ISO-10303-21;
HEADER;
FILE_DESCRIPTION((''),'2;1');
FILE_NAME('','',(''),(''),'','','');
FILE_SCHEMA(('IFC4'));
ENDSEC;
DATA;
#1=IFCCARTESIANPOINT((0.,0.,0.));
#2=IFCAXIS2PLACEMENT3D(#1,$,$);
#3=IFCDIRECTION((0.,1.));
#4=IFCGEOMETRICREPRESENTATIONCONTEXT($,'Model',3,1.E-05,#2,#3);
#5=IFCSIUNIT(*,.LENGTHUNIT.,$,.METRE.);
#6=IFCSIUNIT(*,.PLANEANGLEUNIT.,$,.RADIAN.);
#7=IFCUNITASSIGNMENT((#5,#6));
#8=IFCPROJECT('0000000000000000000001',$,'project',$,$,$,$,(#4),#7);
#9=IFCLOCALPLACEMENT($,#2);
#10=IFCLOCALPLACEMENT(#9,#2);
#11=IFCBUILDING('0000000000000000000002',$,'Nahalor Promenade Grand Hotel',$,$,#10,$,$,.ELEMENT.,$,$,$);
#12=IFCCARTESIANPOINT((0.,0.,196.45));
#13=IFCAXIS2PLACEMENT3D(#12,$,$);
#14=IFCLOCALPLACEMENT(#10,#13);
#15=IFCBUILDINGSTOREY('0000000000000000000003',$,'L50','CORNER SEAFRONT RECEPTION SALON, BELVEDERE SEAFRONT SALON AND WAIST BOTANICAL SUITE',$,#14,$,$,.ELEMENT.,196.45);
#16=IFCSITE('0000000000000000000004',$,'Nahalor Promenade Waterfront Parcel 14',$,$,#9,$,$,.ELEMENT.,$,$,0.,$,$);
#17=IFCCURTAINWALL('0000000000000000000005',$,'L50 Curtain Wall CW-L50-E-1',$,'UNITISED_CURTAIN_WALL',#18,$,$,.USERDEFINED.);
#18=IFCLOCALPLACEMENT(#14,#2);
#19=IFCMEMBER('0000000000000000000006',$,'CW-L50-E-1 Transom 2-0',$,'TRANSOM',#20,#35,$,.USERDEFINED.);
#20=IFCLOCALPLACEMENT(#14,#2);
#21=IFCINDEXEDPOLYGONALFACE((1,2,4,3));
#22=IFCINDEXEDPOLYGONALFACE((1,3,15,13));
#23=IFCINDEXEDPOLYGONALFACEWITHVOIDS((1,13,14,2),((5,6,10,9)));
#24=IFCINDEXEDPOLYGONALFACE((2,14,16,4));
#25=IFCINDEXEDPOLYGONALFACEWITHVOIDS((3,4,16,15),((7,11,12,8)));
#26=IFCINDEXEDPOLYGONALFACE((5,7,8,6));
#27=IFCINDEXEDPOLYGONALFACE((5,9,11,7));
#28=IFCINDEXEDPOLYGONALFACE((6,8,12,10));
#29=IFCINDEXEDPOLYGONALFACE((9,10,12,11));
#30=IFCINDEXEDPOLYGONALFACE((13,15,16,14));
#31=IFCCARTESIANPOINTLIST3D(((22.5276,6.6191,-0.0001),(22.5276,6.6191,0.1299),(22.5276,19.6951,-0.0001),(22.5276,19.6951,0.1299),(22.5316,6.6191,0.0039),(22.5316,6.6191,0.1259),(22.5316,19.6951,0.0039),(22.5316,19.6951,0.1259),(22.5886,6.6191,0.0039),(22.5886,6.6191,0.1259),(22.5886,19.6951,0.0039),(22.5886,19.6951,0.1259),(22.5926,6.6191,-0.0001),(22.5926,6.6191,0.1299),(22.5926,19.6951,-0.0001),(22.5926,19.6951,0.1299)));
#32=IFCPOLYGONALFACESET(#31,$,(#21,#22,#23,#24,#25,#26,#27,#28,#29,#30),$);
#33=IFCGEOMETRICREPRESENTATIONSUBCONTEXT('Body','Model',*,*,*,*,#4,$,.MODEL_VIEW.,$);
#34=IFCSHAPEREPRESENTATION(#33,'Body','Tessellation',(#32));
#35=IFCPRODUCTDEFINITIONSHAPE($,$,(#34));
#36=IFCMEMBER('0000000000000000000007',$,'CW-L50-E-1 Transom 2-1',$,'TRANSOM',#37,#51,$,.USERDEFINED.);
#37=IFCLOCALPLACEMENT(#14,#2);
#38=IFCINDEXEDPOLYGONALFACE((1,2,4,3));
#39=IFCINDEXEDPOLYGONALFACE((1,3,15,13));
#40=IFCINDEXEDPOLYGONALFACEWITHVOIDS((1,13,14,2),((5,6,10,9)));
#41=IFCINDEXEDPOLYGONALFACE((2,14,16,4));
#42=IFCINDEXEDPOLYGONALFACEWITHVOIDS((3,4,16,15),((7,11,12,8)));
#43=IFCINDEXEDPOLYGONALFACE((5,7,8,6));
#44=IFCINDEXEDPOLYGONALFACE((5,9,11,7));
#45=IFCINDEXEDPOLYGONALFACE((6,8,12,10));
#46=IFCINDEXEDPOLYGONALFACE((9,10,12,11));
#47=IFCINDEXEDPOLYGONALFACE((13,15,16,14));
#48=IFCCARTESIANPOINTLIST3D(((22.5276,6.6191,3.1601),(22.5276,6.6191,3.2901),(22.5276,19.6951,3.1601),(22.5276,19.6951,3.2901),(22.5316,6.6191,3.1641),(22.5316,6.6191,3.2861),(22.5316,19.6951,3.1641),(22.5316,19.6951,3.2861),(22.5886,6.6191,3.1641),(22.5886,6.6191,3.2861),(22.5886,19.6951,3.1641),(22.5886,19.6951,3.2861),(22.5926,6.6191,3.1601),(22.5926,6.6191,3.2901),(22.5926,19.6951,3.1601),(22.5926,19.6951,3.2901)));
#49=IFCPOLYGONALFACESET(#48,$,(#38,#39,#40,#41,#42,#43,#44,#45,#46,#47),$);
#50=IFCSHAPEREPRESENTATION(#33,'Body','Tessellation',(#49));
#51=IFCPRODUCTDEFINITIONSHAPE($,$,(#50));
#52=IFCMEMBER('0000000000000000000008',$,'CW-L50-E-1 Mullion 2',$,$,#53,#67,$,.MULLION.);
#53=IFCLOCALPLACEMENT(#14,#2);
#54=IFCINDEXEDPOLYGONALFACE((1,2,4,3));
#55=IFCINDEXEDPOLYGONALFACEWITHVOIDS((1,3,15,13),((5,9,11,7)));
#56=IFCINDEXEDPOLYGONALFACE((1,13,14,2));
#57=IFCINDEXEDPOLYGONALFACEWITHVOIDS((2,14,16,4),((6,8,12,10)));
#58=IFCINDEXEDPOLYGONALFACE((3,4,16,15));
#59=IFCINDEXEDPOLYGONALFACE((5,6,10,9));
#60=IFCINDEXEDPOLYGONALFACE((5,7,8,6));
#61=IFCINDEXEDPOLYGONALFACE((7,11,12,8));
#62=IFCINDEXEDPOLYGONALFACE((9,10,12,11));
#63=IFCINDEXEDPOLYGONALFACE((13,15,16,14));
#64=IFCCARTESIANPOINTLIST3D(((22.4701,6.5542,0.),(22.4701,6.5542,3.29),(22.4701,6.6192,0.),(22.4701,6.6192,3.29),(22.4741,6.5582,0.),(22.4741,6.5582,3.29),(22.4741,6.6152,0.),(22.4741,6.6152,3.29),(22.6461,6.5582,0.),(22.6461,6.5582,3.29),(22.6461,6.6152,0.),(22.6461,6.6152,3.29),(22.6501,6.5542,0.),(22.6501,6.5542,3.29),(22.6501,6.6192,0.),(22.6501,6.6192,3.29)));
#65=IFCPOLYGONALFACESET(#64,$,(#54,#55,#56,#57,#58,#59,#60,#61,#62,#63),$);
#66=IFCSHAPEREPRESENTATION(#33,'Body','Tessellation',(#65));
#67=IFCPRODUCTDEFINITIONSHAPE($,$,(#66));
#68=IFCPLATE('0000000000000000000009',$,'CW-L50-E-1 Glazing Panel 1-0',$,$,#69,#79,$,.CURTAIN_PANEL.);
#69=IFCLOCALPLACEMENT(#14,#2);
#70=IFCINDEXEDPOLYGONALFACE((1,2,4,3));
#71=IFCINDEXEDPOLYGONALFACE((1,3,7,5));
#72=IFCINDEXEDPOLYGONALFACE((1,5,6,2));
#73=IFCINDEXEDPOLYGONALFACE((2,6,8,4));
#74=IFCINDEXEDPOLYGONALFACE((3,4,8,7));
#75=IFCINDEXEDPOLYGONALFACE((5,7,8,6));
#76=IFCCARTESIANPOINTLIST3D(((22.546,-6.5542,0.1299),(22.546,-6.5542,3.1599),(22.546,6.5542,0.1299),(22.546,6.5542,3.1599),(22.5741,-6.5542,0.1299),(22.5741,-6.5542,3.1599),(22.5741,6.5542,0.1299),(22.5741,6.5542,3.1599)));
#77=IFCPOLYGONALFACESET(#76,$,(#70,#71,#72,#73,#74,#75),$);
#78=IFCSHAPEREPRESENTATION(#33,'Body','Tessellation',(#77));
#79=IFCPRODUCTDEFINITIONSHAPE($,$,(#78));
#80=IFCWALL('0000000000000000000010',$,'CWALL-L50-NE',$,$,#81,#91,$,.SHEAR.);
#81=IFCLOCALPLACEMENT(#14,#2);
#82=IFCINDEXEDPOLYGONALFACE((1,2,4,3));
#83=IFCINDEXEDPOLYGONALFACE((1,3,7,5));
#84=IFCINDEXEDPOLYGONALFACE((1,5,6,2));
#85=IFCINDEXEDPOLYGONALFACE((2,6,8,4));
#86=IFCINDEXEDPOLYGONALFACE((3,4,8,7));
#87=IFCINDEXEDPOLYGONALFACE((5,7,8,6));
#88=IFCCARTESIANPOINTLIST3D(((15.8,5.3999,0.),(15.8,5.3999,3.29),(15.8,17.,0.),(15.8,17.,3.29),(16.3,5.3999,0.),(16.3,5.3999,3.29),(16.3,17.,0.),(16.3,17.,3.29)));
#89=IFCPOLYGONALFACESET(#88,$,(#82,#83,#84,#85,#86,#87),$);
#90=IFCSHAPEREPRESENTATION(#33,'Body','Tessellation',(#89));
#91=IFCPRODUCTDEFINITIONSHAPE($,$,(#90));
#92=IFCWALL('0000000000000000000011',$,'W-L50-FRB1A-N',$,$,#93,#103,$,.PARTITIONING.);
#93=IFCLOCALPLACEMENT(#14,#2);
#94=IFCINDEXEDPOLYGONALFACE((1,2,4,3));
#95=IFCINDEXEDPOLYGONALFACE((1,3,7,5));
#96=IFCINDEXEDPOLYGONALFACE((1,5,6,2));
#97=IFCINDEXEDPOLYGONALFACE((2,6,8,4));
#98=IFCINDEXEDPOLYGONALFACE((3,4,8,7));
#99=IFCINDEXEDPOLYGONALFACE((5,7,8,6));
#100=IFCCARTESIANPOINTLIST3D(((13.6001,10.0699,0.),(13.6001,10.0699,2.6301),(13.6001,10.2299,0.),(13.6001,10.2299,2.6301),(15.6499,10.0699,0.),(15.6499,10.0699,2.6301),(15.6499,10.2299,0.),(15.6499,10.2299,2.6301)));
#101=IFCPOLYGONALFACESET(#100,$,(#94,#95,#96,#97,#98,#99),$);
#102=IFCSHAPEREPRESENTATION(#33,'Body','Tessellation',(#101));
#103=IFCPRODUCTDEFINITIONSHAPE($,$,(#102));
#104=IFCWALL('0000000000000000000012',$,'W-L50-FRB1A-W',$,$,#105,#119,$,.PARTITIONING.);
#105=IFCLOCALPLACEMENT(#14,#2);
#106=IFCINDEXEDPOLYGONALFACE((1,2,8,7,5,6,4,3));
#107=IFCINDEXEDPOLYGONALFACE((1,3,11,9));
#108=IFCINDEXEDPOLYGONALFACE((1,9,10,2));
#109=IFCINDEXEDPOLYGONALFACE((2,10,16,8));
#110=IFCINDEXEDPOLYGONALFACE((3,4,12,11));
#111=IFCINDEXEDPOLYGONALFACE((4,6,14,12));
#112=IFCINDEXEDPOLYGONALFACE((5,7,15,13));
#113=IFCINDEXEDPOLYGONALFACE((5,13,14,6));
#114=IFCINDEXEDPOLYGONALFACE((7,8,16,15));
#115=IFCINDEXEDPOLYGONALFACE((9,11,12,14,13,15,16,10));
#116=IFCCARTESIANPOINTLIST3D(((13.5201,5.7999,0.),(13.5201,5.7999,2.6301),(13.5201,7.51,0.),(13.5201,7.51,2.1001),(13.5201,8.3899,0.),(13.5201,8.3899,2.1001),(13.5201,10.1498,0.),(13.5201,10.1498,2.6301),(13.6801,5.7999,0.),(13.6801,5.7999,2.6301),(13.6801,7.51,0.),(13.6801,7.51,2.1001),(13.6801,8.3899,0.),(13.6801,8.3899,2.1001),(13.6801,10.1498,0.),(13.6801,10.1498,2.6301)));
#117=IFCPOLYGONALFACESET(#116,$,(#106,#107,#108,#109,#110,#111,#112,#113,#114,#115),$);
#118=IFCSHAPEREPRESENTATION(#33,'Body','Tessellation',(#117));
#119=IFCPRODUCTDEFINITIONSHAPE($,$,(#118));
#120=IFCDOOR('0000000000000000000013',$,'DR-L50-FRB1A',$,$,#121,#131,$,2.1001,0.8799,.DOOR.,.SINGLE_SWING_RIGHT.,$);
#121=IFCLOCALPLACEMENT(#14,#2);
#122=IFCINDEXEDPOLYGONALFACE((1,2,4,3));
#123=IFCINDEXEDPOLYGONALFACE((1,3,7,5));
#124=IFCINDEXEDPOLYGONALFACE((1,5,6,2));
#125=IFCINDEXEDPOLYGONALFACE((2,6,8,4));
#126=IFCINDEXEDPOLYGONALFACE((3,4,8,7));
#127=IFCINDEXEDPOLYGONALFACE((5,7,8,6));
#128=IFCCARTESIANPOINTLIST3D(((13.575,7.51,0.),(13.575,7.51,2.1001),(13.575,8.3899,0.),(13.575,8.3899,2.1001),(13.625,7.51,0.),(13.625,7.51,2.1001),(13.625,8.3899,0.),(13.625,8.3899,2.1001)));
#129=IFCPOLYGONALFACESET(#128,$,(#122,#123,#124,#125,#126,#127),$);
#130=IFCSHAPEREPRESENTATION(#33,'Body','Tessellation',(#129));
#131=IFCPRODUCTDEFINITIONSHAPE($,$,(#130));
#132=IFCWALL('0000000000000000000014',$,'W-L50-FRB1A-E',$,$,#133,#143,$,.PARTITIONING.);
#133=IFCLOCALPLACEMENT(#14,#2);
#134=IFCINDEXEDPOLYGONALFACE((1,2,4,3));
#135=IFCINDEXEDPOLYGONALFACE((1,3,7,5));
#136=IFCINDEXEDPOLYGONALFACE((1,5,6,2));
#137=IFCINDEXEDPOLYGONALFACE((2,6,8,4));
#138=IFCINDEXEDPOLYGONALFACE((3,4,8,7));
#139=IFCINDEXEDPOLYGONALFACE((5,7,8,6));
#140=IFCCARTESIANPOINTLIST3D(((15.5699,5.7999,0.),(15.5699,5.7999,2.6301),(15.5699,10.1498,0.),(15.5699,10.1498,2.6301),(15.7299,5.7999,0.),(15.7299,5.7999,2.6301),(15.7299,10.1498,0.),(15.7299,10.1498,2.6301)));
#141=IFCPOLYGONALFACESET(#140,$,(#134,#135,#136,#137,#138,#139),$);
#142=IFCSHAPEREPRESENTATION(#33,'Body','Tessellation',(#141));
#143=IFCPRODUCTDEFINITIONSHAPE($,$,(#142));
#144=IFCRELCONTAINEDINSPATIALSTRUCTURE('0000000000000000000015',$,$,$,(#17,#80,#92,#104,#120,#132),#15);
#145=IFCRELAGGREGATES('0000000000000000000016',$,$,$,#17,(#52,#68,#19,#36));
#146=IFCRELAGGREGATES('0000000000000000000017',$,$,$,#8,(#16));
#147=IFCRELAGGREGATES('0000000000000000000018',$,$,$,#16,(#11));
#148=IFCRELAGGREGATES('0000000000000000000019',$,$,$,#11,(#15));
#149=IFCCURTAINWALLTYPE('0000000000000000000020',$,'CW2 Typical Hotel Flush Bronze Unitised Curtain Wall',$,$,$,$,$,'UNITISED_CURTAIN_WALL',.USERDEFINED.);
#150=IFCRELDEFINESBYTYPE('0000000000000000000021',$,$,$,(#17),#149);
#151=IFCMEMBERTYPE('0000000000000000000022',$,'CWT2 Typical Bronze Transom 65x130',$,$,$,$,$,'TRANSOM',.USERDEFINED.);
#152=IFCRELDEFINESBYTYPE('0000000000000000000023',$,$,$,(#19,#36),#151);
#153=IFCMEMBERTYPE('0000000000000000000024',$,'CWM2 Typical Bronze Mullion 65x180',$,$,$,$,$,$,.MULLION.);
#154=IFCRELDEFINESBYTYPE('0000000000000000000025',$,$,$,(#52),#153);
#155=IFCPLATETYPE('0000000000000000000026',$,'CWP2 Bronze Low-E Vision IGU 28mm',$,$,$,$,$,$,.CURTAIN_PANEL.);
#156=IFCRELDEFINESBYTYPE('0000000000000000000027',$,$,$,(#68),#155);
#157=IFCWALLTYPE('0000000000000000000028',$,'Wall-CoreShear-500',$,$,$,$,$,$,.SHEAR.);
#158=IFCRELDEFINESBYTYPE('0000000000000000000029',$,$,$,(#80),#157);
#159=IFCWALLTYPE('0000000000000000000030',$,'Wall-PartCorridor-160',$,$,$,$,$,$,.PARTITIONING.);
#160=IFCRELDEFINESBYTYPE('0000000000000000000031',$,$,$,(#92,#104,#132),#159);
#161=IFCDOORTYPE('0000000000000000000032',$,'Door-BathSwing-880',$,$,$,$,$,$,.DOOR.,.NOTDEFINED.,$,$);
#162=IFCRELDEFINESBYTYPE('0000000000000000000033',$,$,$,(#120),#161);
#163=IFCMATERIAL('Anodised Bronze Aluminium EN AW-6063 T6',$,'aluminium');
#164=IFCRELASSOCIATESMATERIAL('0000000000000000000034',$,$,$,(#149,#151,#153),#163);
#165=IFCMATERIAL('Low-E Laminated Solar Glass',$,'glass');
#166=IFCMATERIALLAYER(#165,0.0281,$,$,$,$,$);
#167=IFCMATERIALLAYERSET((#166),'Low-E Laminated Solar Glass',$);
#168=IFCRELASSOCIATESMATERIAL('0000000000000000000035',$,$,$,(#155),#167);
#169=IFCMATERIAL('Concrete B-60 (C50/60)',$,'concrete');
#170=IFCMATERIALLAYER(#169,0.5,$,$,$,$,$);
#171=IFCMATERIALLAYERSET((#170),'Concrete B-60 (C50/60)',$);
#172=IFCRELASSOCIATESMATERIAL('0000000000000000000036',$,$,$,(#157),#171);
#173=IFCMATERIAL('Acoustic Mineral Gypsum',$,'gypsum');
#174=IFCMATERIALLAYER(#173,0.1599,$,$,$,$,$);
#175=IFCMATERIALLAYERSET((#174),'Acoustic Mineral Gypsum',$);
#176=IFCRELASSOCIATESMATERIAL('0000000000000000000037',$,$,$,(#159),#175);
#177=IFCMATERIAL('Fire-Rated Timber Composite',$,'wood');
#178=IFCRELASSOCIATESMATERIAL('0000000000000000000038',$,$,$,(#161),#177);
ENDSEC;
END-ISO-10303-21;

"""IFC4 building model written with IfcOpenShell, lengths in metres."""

from ifc_helpers import new_model, si_unit, direction, frame, frame_2d, origin, origin_2d, place, context, subcontext, project, spatial, rectangle, hollow_rectangle, extrude, source, transform, mapped, material, layer, layer_set, material_profile, profile_set, type_object, element, fill, aggregate, save


model = new_model("IFC4")

# Units and contexts
model_context = context("Model", 3, precision=1e-05, world=origin(), true_north=direction((0.0, 1.0)))
body_context = subcontext(model_context, "Body", "Model", "MODEL_VIEW")
ifc_project = project(units=[si_unit("LENGTHUNIT", "METRE"), si_unit("PLANEANGLEUNIT", "RADIAN")], contexts=[model_context])

# Site, building, storey
site_placement = place(None, origin())
site = spatial("IfcSite", under=ifc_project, at=site_placement, Name="Nahalor Promenade Waterfront Parcel 14", CompositionType="ELEMENT", RefElevation=0.0)
building_placement = place(site_placement, origin())
building = spatial("IfcBuilding", under=site, at=building_placement, Name="Nahalor Promenade Grand Hotel", CompositionType="ELEMENT")
storey_placement = place(building_placement, frame((0.0, 0.0, 196.45)))
storey = spatial("IfcBuildingStorey", under=building, at=storey_placement, Name="L50", Description="CORNER SEAFRONT RECEPTION SALON, BELVEDERE SEAFRONT SALON AND WAIST BOTANICAL SUITE", CompositionType="ELEMENT", Elevation=196.45)

# Curtain wall, members, plate
ifc_material_1 = material(Name="Anodised Bronze Aluminium EN AW-6063 T6", Category="aluminium")
curtain_wall_type = type_object("IfcCurtainWallType", Name="CW2 Typical Hotel Flush Bronze Unitised Curtain Wall", ElementType="UNITISED_CURTAIN_WALL", PredefinedType="USERDEFINED", material=ifc_material_1)
curtain_wall_placement = place(storey_placement, origin())
curtain_wall = element("IfcCurtainWall", 1, at=curtain_wall_placement, inside=storey, type_object=curtain_wall_type, Name="L50 Curtain Wall CW-L50-E-1", ObjectType="UNITISED_CURTAIN_WALL", PredefinedType="USERDEFINED")
ifc_material_profile_1 = material_profile(ifc_material_1, hollow_rectangle(XDim=0.065, YDim=0.13, WallThickness=0.004, at=origin_2d()), Name="CWT 65x130x4")
ifc_profile_set_1 = profile_set([ifc_material_profile_1], Name="Anodised Bronze Aluminium EN AW-6063 T6")
member_type_1 = type_object("IfcMemberType", Name="CWT2 Typical Bronze Transom 65x130", ElementType="TRANSOM", PredefinedType="USERDEFINED", material=ifc_profile_set_1)
shared_shape_1 = source(origin(), body_context, "Body", "SweptSolid", [
    extrude(hollow_rectangle(XDim=0.065, YDim=0.13, WallThickness=0.004, at=origin_2d()), origin(), (0.0, 0.0, 1.0), 13.0759),
])
member_1_placement = place(storey_placement, frame((22.5601, 6.6191, 0.0649), z_axis=(0.0, 1.0, 0.0), x_axis=(-1.0, 0.0, 0.0)))
member_1 = element("IfcMember", 2, at=member_1_placement, type_object=member_type_1, Name="CW-L50-E-1 Transom 2-0", ObjectType="TRANSOM", PredefinedType="USERDEFINED", context=body_context, shape_type="MappedRepresentation", body=[
    mapped(shared_shape_1, transform((0.0, 0.0, 0.0), scale=1.0)),
])
member_2_placement = place(storey_placement, frame((22.5601, 6.6191, 3.2251), z_axis=(0.0, 1.0, 0.0), x_axis=(-1.0, 0.0, 0.0)))
member_2 = element("IfcMember", 3, at=member_2_placement, type_object=member_type_1, Name="CW-L50-E-1 Transom 2-1", ObjectType="TRANSOM", PredefinedType="USERDEFINED", context=body_context, shape_type="MappedRepresentation", body=[
    mapped(shared_shape_1, transform((0.0, 0.0, 0.0), scale=1.0)),
])
ifc_material_profile_2 = material_profile(ifc_material_1, hollow_rectangle(XDim=0.065, YDim=0.18, WallThickness=0.004, at=origin_2d()), Name="CWM 65x180x4")
ifc_profile_set_2 = profile_set([ifc_material_profile_2], Name="Anodised Bronze Aluminium EN AW-6063 T6")
member_type_2 = type_object("IfcMemberType", Name="CWM2 Typical Bronze Mullion 65x180", PredefinedType="MULLION", material=ifc_profile_set_2)
shared_shape_2 = source(origin(), body_context, "Body", "SweptSolid", [
    extrude(hollow_rectangle(XDim=0.065, YDim=0.18, WallThickness=0.004, at=origin_2d()), origin(), (0.0, 0.0, 1.0), 3.29),
])
member_3_placement = place(storey_placement, frame((22.5601, 6.5867, 0.0), z_axis=(0.0, 0.0, 1.0), x_axis=(0.0, 1.0, 0.0)))
member_3 = element("IfcMember", 4, at=member_3_placement, type_object=member_type_2, Name="CW-L50-E-1 Mullion 2", PredefinedType="MULLION", context=body_context, shape_type="MappedRepresentation", body=[
    mapped(shared_shape_2, transform((0.0, 0.0, 0.0), scale=1.0)),
])
ifc_material_2 = material(Name="Low-E Laminated Solar Glass", Category="glass")
ifc_layer_1 = layer(ifc_material_2, 0.0281)
ifc_layer_set_1 = layer_set([ifc_layer_1], Name="Low-E Laminated Solar Glass")
plate_type = type_object("IfcPlateType", Name="CWP2 Bronze Low-E Vision IGU 28mm", PredefinedType="CURTAIN_PANEL", material=ifc_layer_set_1)
shared_shape_3 = source(origin(), body_context, "Body", "SweptSolid", [
    extrude(rectangle(XDim=13.1084, YDim=0.0281, at=origin_2d()), origin(), (0.0, 0.0, 1.0), 3.03),
])
plate_placement = place(storey_placement, frame((22.5601, 0.0, 0.1299), z_axis=(0.0, 0.0, 1.0), x_axis=(0.0, 1.0, 0.0)))
plate = element("IfcPlate", 5, at=plate_placement, type_object=plate_type, Name="CW-L50-E-1 Glazing Panel 1-0", PredefinedType="CURTAIN_PANEL", context=body_context, shape_type="MappedRepresentation", body=[
    mapped(shared_shape_3, transform((0.0, 0.0, 0.0), scale=1.0)),
])
aggregate(curtain_wall, [member_3, plate, member_1, member_2])

# Walls
ifc_material_3 = material(Name="Concrete B-60 (C50/60)", Category="concrete")
ifc_layer_2 = layer(ifc_material_3, 0.5)
ifc_layer_set_2 = layer_set([ifc_layer_2], Name="Concrete B-60 (C50/60)")
wall_type_1 = type_object("IfcWallType", Name="Wall-CoreShear-500", PredefinedType="SHEAR", material=ifc_layer_set_2)
shared_shape_4 = source(origin(), body_context, "Body", "SweptSolid", [
    extrude(rectangle(XDim=11.6001, YDim=0.5, at=frame_2d((5.8, 0.0))), origin(), (0.0, 0.0, 1.0), 3.29),
])
wall_1_placement = place(storey_placement, frame((16.05, 5.3999, 0.0), z_axis=(0.0, 0.0, 1.0), x_axis=(0.0, 1.0, 0.0)))
element("IfcWall", 6, at=wall_1_placement, inside=storey, type_object=wall_type_1, Name="CWALL-L50-NE", PredefinedType="SHEAR", context=body_context, shape_type="MappedRepresentation", body=[
    mapped(shared_shape_4, transform((0.0, 0.0, 0.0), scale=1.0)),
])
ifc_material_4 = material(Name="Acoustic Mineral Gypsum", Category="gypsum")
ifc_layer_3 = layer(ifc_material_4, 0.1599)
ifc_layer_set_3 = layer_set([ifc_layer_3], Name="Acoustic Mineral Gypsum")
wall_type_2 = type_object("IfcWallType", Name="Wall-PartCorridor-160", PredefinedType="PARTITIONING", material=ifc_layer_set_3)
shared_shape_5 = source(origin(), body_context, "Body", "SweptSolid", [
    extrude(rectangle(XDim=2.0498, YDim=0.1599, at=frame_2d((1.0249, 0.0))), origin(), (0.0, 0.0, 1.0), 2.6301),
])
wall_2_placement = place(storey_placement, frame((13.6001, 10.1499, 0.0), z_axis=(0.0, 0.0, 1.0), x_axis=(1.0, 0.0, 0.0)))
element("IfcWall", 7, at=wall_2_placement, inside=storey, type_object=wall_type_2, Name="W-L50-FRB1A-N", PredefinedType="PARTITIONING", context=body_context, shape_type="MappedRepresentation", body=[
    mapped(shared_shape_5, transform((0.0, 0.0, 0.0), scale=1.0)),
])

# Wall, opening, door
shared_shape_6 = source(origin(), body_context, "Body", "SweptSolid", [
    extrude(rectangle(XDim=4.3499, YDim=0.1599, at=frame_2d((2.1748, 0.0))), origin(), (0.0, 0.0, 1.0), 2.6301),
])
wall_3_placement = place(storey_placement, frame((13.6001, 5.8, 0.0), z_axis=(0.0, 0.0, 1.0), x_axis=(0.0, 1.0, 0.0)))
wall_3 = element("IfcWall", 8, at=wall_3_placement, inside=storey, type_object=wall_type_2, Name="W-L50-FRB1A-W", PredefinedType="PARTITIONING", context=body_context, shape_type="MappedRepresentation", body=[
    mapped(shared_shape_6, transform((0.0, 0.0, 0.0), scale=1.0)),
])
opening_1_placement = place(wall_3_placement, frame((1.71, 0.0, 0.0)))
opening_1 = element("IfcOpeningElement", 9, at=opening_1_placement, cuts=wall_3, PredefinedType="OPENING", context=body_context, shape_type="SweptSolid", body=[
    extrude(rectangle(XDim=0.8799, YDim=2.1001, at=frame_2d((0.4399, 1.05))), frame((0.0, 0.0898, 0.0), z_axis=(0.0, -1.0, 0.0), x_axis=(1.0, 0.0, 0.0)), (0.0, 0.0, 1.0), 0.1799),
])
ifc_material_5 = material(Name="Fire-Rated Timber Composite", Category="wood")
door_type_1 = type_object("IfcDoorType", Name="Door-BathSwing-880", OperationType="NOTDEFINED", PredefinedType="DOOR", material=ifc_material_5)
shared_shape_7 = source(origin(), body_context, "Body", "SweptSolid", [
    extrude(rectangle(XDim=0.8799, YDim=2.1001, at=frame_2d((0.4399, 1.05))), frame((0.0, 0.0249, 0.0), z_axis=(0.0, -1.0, 0.0), x_axis=(1.0, 0.0, 0.0)), (0.0, 0.0, 1.0), 0.05),
])
door_1_placement = place(opening_1_placement, frame((0.8799, 0.0, 0.0), z_axis=(0.0, 0.0, 1.0), x_axis=(-1.0, 0.0, 0.0)))
door_1 = element("IfcDoor", 10, at=door_1_placement, inside=storey, type_object=door_type_1, Name="DR-L50-FRB1A", OperationType="SINGLE_SWING_RIGHT", OverallHeight=2.1001, OverallWidth=0.8799, PredefinedType="DOOR", context=body_context, shape_type="MappedRepresentation", body=[
    mapped(shared_shape_7, transform((0.0, 0.0, 0.0), scale=1.0)),
])
fill(opening_1, door_1)

# Wall
wall_4_placement = place(storey_placement, frame((15.6499, 5.8, 0.0), z_axis=(0.0, 0.0, 1.0), x_axis=(0.0, 1.0, 0.0)))
element("IfcWall", 11, at=wall_4_placement, inside=storey, type_object=wall_type_2, Name="W-L50-FRB1A-E", PredefinedType="PARTITIONING", context=body_context, shape_type="MappedRepresentation", body=[
    mapped(shared_shape_6, transform((0.0, 0.0, 0.0), scale=1.0)),
])

save(model, "model.ifc")
